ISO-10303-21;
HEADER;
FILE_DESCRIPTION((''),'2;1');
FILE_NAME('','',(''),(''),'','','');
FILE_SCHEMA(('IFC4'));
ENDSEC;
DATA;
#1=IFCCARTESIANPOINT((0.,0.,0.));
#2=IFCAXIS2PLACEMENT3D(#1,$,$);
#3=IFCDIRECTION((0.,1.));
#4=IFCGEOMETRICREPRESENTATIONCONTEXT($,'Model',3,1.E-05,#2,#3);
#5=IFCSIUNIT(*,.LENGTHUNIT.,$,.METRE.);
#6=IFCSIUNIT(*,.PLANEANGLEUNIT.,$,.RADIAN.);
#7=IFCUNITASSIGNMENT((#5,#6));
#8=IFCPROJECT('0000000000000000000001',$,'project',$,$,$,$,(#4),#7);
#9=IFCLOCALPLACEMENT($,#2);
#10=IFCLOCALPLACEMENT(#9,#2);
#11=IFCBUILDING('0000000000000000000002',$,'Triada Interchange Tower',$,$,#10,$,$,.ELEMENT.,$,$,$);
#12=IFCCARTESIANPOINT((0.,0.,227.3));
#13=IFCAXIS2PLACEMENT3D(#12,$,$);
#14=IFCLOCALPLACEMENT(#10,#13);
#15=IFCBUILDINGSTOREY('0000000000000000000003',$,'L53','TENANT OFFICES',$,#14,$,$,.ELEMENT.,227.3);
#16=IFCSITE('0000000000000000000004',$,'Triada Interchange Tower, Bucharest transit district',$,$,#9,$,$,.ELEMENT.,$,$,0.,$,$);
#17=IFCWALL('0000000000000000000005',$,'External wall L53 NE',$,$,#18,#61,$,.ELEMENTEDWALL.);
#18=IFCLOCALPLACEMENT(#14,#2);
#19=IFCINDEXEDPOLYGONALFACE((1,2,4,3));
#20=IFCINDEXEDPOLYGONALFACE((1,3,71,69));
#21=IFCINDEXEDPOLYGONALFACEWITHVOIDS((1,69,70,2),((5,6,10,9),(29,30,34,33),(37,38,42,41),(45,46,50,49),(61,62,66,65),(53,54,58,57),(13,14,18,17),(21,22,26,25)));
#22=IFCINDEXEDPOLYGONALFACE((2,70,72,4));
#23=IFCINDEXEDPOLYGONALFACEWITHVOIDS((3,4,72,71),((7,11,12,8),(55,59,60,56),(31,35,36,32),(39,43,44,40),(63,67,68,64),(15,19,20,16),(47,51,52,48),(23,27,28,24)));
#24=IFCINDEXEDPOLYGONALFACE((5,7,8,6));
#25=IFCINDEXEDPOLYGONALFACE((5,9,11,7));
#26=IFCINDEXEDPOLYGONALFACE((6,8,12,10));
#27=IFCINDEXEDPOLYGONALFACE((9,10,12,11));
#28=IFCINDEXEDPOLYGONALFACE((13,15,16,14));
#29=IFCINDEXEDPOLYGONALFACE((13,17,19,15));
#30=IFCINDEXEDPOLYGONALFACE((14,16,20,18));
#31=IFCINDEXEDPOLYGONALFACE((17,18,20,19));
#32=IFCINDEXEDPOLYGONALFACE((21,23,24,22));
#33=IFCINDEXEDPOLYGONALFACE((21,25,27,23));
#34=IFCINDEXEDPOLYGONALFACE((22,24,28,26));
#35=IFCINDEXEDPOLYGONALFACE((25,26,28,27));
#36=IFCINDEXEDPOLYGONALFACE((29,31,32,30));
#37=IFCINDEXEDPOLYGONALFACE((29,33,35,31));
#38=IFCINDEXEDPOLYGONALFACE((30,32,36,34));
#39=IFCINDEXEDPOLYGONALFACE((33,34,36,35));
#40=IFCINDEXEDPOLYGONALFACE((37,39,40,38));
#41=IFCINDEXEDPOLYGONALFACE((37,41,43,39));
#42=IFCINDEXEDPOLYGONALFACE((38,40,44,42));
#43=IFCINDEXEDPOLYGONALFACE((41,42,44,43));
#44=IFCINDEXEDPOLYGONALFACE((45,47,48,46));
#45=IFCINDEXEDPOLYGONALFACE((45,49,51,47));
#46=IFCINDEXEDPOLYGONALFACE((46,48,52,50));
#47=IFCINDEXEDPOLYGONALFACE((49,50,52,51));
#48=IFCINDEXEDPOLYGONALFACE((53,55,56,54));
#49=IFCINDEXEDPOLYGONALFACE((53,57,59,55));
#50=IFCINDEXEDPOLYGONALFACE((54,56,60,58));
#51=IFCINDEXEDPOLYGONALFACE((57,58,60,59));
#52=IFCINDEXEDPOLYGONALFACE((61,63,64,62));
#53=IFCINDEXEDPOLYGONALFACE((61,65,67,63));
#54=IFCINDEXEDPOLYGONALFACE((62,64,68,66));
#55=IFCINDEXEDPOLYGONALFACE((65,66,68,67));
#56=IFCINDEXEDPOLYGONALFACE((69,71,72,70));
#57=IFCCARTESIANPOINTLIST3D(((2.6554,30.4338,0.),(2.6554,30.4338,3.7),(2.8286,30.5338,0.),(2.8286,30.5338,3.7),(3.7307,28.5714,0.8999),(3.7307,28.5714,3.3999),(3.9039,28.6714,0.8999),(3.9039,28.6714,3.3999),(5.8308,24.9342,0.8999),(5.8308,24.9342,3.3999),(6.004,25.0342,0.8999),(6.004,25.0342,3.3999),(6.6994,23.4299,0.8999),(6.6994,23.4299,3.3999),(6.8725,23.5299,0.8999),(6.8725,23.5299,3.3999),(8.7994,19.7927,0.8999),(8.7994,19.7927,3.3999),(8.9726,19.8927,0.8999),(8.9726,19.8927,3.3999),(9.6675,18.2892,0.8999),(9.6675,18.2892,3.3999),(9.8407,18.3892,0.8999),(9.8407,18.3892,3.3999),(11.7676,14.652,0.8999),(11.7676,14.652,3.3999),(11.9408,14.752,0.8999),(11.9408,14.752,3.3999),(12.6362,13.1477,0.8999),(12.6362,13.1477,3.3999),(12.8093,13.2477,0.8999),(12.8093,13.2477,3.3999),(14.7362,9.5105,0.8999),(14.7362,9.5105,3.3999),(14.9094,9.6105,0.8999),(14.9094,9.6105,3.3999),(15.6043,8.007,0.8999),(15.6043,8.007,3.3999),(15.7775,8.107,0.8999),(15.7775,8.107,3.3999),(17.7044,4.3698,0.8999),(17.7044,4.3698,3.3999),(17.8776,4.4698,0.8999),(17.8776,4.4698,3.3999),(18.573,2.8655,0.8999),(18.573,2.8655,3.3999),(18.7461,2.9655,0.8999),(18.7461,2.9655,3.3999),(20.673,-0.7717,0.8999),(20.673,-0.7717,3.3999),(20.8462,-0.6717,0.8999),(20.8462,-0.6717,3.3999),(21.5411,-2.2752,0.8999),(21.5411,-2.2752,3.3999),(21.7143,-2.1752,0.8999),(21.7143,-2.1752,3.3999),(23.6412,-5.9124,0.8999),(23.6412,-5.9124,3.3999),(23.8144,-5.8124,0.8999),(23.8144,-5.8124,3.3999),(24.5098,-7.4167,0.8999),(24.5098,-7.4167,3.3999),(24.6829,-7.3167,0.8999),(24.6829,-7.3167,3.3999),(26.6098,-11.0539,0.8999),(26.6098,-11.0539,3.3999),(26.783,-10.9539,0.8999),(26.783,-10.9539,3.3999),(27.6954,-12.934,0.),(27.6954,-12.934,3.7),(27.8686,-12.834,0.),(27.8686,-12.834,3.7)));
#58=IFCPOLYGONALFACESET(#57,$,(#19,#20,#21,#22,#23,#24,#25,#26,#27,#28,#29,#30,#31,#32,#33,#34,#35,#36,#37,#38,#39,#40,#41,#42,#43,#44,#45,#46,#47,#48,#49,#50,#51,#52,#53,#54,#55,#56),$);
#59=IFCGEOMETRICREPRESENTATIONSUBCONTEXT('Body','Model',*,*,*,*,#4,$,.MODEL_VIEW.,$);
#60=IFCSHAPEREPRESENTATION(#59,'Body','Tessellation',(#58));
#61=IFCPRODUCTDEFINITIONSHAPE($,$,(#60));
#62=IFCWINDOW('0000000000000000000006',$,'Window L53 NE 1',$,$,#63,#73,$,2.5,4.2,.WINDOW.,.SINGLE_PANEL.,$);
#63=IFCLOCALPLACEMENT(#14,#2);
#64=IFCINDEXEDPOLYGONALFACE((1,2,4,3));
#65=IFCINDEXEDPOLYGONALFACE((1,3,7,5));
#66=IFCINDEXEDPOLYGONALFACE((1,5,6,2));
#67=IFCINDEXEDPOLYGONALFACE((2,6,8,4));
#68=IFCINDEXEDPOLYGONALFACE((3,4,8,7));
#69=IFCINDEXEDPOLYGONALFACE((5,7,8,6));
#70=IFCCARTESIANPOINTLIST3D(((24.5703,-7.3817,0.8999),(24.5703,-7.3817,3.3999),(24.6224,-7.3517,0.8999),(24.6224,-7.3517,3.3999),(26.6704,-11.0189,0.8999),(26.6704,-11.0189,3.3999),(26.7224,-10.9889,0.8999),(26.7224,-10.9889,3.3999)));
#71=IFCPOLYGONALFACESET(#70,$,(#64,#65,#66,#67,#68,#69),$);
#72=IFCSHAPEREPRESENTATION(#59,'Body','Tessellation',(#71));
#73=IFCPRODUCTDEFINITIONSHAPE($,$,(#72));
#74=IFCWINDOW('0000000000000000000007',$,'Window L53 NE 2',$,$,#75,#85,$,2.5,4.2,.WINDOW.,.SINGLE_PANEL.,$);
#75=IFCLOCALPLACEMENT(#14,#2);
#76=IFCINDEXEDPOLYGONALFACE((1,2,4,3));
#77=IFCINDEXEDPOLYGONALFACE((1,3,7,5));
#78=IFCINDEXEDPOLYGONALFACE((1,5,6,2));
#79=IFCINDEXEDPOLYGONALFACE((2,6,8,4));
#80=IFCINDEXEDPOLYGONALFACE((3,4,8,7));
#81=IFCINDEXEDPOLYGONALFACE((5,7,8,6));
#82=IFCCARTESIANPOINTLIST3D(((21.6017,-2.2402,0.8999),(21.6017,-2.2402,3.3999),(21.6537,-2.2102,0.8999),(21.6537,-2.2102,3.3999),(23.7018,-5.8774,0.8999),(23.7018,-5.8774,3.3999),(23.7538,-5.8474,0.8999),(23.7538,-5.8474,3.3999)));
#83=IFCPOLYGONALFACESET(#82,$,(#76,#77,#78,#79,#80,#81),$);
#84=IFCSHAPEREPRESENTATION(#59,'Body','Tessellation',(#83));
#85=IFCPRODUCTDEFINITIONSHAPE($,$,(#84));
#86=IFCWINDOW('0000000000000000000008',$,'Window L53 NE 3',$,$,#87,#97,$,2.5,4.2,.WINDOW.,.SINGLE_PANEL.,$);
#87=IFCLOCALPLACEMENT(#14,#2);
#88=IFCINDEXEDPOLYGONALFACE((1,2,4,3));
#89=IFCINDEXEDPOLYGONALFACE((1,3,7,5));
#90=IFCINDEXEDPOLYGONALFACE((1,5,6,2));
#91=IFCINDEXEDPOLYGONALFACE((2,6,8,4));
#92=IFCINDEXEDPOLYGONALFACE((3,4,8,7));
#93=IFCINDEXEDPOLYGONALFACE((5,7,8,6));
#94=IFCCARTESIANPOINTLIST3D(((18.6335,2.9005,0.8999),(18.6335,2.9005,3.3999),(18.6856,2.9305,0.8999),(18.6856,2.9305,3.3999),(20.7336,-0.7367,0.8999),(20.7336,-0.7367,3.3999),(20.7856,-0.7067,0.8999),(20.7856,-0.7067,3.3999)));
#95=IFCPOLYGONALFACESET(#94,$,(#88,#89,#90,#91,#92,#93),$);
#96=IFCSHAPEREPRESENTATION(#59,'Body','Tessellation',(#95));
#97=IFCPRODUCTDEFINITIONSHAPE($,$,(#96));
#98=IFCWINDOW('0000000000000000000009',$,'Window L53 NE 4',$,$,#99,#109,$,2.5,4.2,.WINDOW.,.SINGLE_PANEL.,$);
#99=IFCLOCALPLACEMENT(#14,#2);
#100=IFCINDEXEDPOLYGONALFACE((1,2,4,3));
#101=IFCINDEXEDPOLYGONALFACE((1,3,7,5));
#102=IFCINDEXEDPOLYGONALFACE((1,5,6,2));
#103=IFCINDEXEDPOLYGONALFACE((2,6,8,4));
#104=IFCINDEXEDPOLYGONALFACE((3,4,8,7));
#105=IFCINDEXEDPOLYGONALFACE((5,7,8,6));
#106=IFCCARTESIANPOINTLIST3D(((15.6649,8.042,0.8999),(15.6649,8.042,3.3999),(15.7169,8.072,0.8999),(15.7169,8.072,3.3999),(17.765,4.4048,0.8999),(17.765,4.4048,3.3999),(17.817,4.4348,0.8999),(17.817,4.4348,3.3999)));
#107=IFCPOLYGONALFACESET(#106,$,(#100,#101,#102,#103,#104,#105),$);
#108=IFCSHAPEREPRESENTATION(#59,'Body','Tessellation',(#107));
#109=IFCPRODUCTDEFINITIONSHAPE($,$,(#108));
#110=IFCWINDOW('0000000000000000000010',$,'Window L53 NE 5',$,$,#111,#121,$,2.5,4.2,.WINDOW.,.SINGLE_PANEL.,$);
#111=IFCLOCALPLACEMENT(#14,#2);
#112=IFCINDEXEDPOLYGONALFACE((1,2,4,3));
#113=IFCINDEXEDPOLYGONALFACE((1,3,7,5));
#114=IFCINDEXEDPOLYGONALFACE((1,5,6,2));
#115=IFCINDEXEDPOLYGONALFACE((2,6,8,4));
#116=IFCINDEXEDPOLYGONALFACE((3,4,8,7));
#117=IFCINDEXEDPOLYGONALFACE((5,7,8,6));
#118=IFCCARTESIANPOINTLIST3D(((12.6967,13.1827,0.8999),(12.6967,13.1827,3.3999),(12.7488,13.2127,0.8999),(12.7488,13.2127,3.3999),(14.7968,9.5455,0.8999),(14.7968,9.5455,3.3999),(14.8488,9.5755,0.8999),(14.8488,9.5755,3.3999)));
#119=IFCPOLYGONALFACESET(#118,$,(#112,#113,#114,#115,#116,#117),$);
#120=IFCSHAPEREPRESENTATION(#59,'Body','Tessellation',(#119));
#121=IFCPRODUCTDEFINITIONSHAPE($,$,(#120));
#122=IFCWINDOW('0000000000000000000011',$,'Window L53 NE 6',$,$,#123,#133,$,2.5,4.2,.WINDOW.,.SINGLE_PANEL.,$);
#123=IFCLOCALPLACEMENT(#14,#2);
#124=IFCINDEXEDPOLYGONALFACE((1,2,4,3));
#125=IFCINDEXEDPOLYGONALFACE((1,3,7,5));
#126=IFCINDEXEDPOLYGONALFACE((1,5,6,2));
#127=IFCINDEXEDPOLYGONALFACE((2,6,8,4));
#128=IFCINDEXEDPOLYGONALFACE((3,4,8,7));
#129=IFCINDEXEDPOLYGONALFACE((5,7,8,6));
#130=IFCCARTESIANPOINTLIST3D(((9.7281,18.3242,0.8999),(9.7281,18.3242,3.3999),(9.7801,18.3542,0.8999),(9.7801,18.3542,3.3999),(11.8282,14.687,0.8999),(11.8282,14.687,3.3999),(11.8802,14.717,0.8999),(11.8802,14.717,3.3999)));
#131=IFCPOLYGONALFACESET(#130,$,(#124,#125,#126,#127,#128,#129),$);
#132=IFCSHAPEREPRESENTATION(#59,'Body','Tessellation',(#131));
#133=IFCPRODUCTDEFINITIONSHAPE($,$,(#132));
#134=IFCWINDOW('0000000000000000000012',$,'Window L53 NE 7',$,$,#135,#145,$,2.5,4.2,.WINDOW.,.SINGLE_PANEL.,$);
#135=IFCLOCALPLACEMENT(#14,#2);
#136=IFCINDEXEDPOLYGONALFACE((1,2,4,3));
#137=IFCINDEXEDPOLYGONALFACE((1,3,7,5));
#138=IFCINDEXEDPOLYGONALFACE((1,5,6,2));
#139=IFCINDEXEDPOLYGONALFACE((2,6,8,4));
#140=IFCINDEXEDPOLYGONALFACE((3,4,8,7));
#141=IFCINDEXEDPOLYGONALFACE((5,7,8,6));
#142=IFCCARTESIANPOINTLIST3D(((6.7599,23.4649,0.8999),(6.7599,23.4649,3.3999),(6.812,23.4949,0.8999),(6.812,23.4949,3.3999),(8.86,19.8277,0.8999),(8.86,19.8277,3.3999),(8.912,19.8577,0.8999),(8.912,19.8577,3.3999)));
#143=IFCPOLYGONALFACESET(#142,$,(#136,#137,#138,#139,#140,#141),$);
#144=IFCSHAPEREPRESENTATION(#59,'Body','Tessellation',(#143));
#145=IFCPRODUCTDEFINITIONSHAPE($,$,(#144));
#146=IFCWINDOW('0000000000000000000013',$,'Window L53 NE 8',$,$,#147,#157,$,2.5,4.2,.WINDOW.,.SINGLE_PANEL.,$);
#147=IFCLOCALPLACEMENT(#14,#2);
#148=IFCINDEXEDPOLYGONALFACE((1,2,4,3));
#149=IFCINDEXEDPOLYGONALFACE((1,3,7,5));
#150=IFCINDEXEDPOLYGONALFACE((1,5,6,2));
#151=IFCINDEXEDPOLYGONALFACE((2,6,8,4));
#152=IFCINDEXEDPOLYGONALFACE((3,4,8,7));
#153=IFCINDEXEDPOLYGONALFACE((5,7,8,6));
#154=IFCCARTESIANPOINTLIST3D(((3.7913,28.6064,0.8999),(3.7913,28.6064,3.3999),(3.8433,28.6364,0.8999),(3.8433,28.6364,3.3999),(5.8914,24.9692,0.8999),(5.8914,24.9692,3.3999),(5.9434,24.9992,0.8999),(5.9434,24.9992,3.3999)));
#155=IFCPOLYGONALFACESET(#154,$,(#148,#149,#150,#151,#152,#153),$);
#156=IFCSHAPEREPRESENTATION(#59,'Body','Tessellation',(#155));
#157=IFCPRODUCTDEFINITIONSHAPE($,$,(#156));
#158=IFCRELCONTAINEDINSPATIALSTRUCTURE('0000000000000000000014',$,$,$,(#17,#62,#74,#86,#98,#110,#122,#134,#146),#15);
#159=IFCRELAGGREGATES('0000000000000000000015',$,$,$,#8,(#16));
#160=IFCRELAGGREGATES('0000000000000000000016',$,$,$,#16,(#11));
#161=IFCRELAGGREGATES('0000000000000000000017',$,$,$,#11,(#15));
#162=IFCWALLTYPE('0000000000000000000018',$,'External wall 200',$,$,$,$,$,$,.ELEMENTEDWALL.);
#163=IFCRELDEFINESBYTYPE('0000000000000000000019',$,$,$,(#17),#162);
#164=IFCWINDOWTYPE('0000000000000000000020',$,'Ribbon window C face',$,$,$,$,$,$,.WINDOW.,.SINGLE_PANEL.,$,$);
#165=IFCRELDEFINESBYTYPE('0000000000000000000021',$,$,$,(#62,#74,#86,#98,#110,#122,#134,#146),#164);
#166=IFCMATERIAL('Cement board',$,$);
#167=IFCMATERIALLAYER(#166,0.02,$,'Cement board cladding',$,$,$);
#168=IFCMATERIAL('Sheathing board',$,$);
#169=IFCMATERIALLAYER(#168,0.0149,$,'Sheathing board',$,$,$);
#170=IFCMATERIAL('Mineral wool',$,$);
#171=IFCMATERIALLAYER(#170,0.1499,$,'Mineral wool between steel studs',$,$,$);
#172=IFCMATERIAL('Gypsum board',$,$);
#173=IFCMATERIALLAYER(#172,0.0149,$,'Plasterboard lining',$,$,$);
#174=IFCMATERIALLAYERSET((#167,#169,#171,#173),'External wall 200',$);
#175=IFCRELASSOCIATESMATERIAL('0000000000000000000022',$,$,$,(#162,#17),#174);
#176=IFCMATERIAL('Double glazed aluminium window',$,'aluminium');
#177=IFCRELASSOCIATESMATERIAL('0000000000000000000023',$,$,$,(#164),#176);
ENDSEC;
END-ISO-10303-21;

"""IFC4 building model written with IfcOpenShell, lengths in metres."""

from ifc_helpers import new_model, si_unit, direction, frame, frame_2d, origin, place, context, subcontext, project, spatial, rectangle, extrude, material, layer, layer_set, layer_usage, type_object, element, fill, save


model = new_model("IFC4")

# Units and contexts
model_context = context("Model", 3, precision=1e-05, world=origin(), true_north=direction((0.0, 1.0)))
body_context = subcontext(model_context, "Body", "Model", "MODEL_VIEW")
ifc_project = project(units=[si_unit("LENGTHUNIT", "METRE"), si_unit("PLANEANGLEUNIT", "RADIAN")], contexts=[model_context])

# Site, building, storey
site_placement = place(None, origin())
site = spatial("IfcSite", under=ifc_project, at=site_placement, Name="Triada Interchange Tower, Bucharest transit district", CompositionType="ELEMENT", RefElevation=0.0)
building_placement = place(site_placement, origin())
building = spatial("IfcBuilding", under=site, at=building_placement, Name="Triada Interchange Tower", CompositionType="ELEMENT")
storey_placement = place(building_placement, frame((0.0, 0.0, 227.3)))
storey = spatial("IfcBuildingStorey", under=building, at=storey_placement, Name="L53", Description="TENANT OFFICES", CompositionType="ELEMENT", Elevation=227.3)

# Shared definitions
ifc_material_1 = material(Name="Cement board")
ifc_layer_1 = layer(ifc_material_1, 0.02, Name="Cement board cladding")
ifc_material_2 = material(Name="Sheathing board")
ifc_layer_2 = layer(ifc_material_2, 0.0149, Name="Sheathing board")
ifc_material_3 = material(Name="Mineral wool")
ifc_layer_3 = layer(ifc_material_3, 0.1499, Name="Mineral wool between steel studs")
ifc_material_4 = material(Name="Gypsum board")
ifc_layer_4 = layer(ifc_material_4, 0.0149, Name="Plasterboard lining")
ifc_layer_set_1 = layer_set([ifc_layer_1, ifc_layer_2, ifc_layer_3, ifc_layer_4], Name="External wall 200")
ifc_layer_usage = layer_usage(ifc_layer_set_1, "AXIS2", "POSITIVE", -0.1001)
wall_type_1 = type_object("IfcWallType", Name="External wall 200", PredefinedType="ELEMENTEDWALL", material=ifc_layer_set_1)
ifc_material_5 = material(Name="Double glazed aluminium window", Category="aluminium")

# Wall, openings, windows
wall_1_placement = place(storey_placement, frame((27.782, -12.884, 0.0), z_axis=(0.0, 0.0, 1.0), x_axis=(-0.500023, 0.866012, 0.0)))
wall_1 = element("IfcWall", 1, at=wall_1_placement, inside=storey, type_object=wall_type_1, material=ifc_layer_usage, Name="External wall L53 NE", PredefinedType="ELEMENTEDWALL", context=body_context, shape_type="SweptSolid", body=[
    extrude(rectangle(XDim=50.0776, YDim=0.2, at=frame_2d((25.0388, 0.0))), origin(), (0.0, 0.0, 1.0), 3.7),
])
opening_1_placement = place(wall_1_placement, frame((2.1709, 0.0, 0.8999)))
opening_1 = element("IfcOpeningElement", 2, at=opening_1_placement, cuts=wall_1, PredefinedType="OPENING", context=body_context, shape_type="SweptSolid", body=[
    extrude(rectangle(XDim=4.2, YDim=2.5, at=frame_2d((2.1001, 1.25))), frame((0.0, 0.1099, 0.0), z_axis=(0.0, -1.0, 0.0), x_axis=(1.0, 0.0, 0.0)), (0.0, 0.0, 1.0), 0.22),
])
opening_2_placement = place(wall_1_placement, frame((8.1079, 0.0, 0.8999)))
opening_2 = element("IfcOpeningElement", 3, at=opening_2_placement, cuts=wall_1, PredefinedType="OPENING", context=body_context, shape_type="SweptSolid", body=[
    extrude(rectangle(XDim=4.2, YDim=2.5, at=frame_2d((2.1001, 1.25))), frame((0.0, 0.1099, 0.0), z_axis=(0.0, -1.0, 0.0), x_axis=(1.0, 0.0, 0.0)), (0.0, 0.0, 1.0), 0.22),
])
opening_3_placement = place(wall_1_placement, frame((14.0439, 0.0, 0.8999)))
opening_3 = element("IfcOpeningElement", 4, at=opening_3_placement, cuts=wall_1, PredefinedType="OPENING", context=body_context, shape_type="SweptSolid", body=[
    extrude(rectangle(XDim=4.2, YDim=2.5, at=frame_2d((2.1001, 1.25))), frame((0.0, 0.1099, 0.0), z_axis=(0.0, -1.0, 0.0), x_axis=(1.0, 0.0, 0.0)), (0.0, 0.0, 1.0), 0.22),
])
opening_4_placement = place(wall_1_placement, frame((19.981, 0.0, 0.8999)))
opening_4 = element("IfcOpeningElement", 5, at=opening_4_placement, cuts=wall_1, PredefinedType="OPENING", context=body_context, shape_type="SweptSolid", body=[
    extrude(rectangle(XDim=4.2, YDim=2.5, at=frame_2d((2.1001, 1.25))), frame((0.0, 0.1099, 0.0), z_axis=(0.0, -1.0, 0.0), x_axis=(1.0, 0.0, 0.0)), (0.0, 0.0, 1.0), 0.22),
])
opening_5_placement = place(wall_1_placement, frame((25.917, 0.0, 0.8999)))
opening_5 = element("IfcOpeningElement", 6, at=opening_5_placement, cuts=wall_1, PredefinedType="OPENING", context=body_context, shape_type="SweptSolid", body=[
    extrude(rectangle(XDim=4.2, YDim=2.5, at=frame_2d((2.1001, 1.25))), frame((0.0, 0.1099, 0.0), z_axis=(0.0, -1.0, 0.0), x_axis=(1.0, 0.0, 0.0)), (0.0, 0.0, 1.0), 0.22),
])
opening_6_placement = place(wall_1_placement, frame((31.854, 0.0, 0.8999)))
opening_6 = element("IfcOpeningElement", 7, at=opening_6_placement, cuts=wall_1, PredefinedType="OPENING", context=body_context, shape_type="SweptSolid", body=[
    extrude(rectangle(XDim=4.2, YDim=2.5, at=frame_2d((2.1001, 1.25))), frame((0.0, 0.1099, 0.0), z_axis=(0.0, -1.0, 0.0), x_axis=(1.0, 0.0, 0.0)), (0.0, 0.0, 1.0), 0.22),
])
opening_7_placement = place(wall_1_placement, frame((37.79, 0.0, 0.8999)))
opening_7 = element("IfcOpeningElement", 8, at=opening_7_placement, cuts=wall_1, PredefinedType="OPENING", context=body_context, shape_type="SweptSolid", body=[
    extrude(rectangle(XDim=4.2, YDim=2.5, at=frame_2d((2.1001, 1.25))), frame((0.0, 0.1099, 0.0), z_axis=(0.0, -1.0, 0.0), x_axis=(1.0, 0.0, 0.0)), (0.0, 0.0, 1.0), 0.22),
])
opening_8_placement = place(wall_1_placement, frame((43.7271, 0.0, 0.8999)))
opening_8 = element("IfcOpeningElement", 9, at=opening_8_placement, cuts=wall_1, PredefinedType="OPENING", context=body_context, shape_type="SweptSolid", body=[
    extrude(rectangle(XDim=4.2, YDim=2.5, at=frame_2d((2.1001, 1.25))), frame((0.0, 0.1099, 0.0), z_axis=(0.0, -1.0, 0.0), x_axis=(1.0, 0.0, 0.0)), (0.0, 0.0, 1.0), 0.22),
])
window_type_1 = type_object("IfcWindowType", Name="Ribbon window C face", PartitioningType="SINGLE_PANEL", PredefinedType="WINDOW", material=ifc_material_5)
window_1_placement = place(opening_1_placement, origin())
window_1 = element("IfcWindow", 10, at=window_1_placement, inside=storey, type_object=window_type_1, Name="Window L53 NE 1", OverallHeight=2.5, OverallWidth=4.2, PartitioningType="SINGLE_PANEL", PredefinedType="WINDOW", context=body_context, shape_type="SweptSolid", body=[
    extrude(rectangle(XDim=4.2, YDim=2.5, at=frame_2d((2.1001, 1.25))), frame((0.0, 0.03, 0.0), z_axis=(0.0, -1.0, 0.0), x_axis=(1.0, 0.0, 0.0)), (0.0, 0.0, 1.0), 0.0601),
])
fill(opening_1, window_1)
window_2_placement = place(opening_2_placement, origin())
window_2 = element("IfcWindow", 11, at=window_2_placement, inside=storey, type_object=window_type_1, Name="Window L53 NE 2", OverallHeight=2.5, OverallWidth=4.2, PartitioningType="SINGLE_PANEL", PredefinedType="WINDOW", context=body_context, shape_type="SweptSolid", body=[
    extrude(rectangle(XDim=4.2, YDim=2.5, at=frame_2d((2.1001, 1.25))), frame((0.0, 0.03, 0.0), z_axis=(0.0, -1.0, 0.0), x_axis=(1.0, 0.0, 0.0)), (0.0, 0.0, 1.0), 0.0601),
])
fill(opening_2, window_2)
window_3_placement = place(opening_3_placement, origin())
window_3 = element("IfcWindow", 12, at=window_3_placement, inside=storey, type_object=window_type_1, Name="Window L53 NE 3", OverallHeight=2.5, OverallWidth=4.2, PartitioningType="SINGLE_PANEL", PredefinedType="WINDOW", context=body_context, shape_type="SweptSolid", body=[
    extrude(rectangle(XDim=4.2, YDim=2.5, at=frame_2d((2.1001, 1.25))), frame((0.0, 0.03, 0.0), z_axis=(0.0, -1.0, 0.0), x_axis=(1.0, 0.0, 0.0)), (0.0, 0.0, 1.0), 0.0601),
])
fill(opening_3, window_3)
window_4_placement = place(opening_4_placement, origin())
window_4 = element("IfcWindow", 13, at=window_4_placement, inside=storey, type_object=window_type_1, Name="Window L53 NE 4", OverallHeight=2.5, OverallWidth=4.2, PartitioningType="SINGLE_PANEL", PredefinedType="WINDOW", context=body_context, shape_type="SweptSolid", body=[
    extrude(rectangle(XDim=4.2, YDim=2.5, at=frame_2d((2.1001, 1.25))), frame((0.0, 0.03, 0.0), z_axis=(0.0, -1.0, 0.0), x_axis=(1.0, 0.0, 0.0)), (0.0, 0.0, 1.0), 0.0601),
])
fill(opening_4, window_4)
window_5_placement = place(opening_5_placement, origin())
window_5 = element("IfcWindow", 14, at=window_5_placement, inside=storey, type_object=window_type_1, Name="Window L53 NE 5", OverallHeight=2.5, OverallWidth=4.2, PartitioningType="SINGLE_PANEL", PredefinedType="WINDOW", context=body_context, shape_type="SweptSolid", body=[
    extrude(rectangle(XDim=4.2, YDim=2.5, at=frame_2d((2.1001, 1.25))), frame((0.0, 0.03, 0.0), z_axis=(0.0, -1.0, 0.0), x_axis=(1.0, 0.0, 0.0)), (0.0, 0.0, 1.0), 0.0601),
])
fill(opening_5, window_5)
window_6_placement = place(opening_6_placement, origin())
window_6 = element("IfcWindow", 15, at=window_6_placement, inside=storey, type_object=window_type_1, Name="Window L53 NE 6", OverallHeight=2.5, OverallWidth=4.2, PartitioningType="SINGLE_PANEL", PredefinedType="WINDOW", context=body_context, shape_type="SweptSolid", body=[
    extrude(rectangle(XDim=4.2, YDim=2.5, at=frame_2d((2.1001, 1.25))), frame((0.0, 0.03, 0.0), z_axis=(0.0, -1.0, 0.0), x_axis=(1.0, 0.0, 0.0)), (0.0, 0.0, 1.0), 0.0601),
])
fill(opening_6, window_6)
window_7_placement = place(opening_7_placement, origin())
window_7 = element("IfcWindow", 16, at=window_7_placement, inside=storey, type_object=window_type_1, Name="Window L53 NE 7", OverallHeight=2.5, OverallWidth=4.2, PartitioningType="SINGLE_PANEL", PredefinedType="WINDOW", context=body_context, shape_type="SweptSolid", body=[
    extrude(rectangle(XDim=4.2, YDim=2.5, at=frame_2d((2.1001, 1.25))), frame((0.0, 0.03, 0.0), z_axis=(0.0, -1.0, 0.0), x_axis=(1.0, 0.0, 0.0)), (0.0, 0.0, 1.0), 0.0601),
])
fill(opening_7, window_7)
window_8_placement = place(opening_8_placement, origin())
window_8 = element("IfcWindow", 17, at=window_8_placement, inside=storey, type_object=window_type_1, Name="Window L53 NE 8", OverallHeight=2.5, OverallWidth=4.2, PartitioningType="SINGLE_PANEL", PredefinedType="WINDOW", context=body_context, shape_type="SweptSolid", body=[
    extrude(rectangle(XDim=4.2, YDim=2.5, at=frame_2d((2.1001, 1.25))), frame((0.0, 0.03, 0.0), z_axis=(0.0, -1.0, 0.0), x_axis=(1.0, 0.0, 0.0)), (0.0, 0.0, 1.0), 0.0601),
])
fill(opening_8, window_8)

save(model, "model.ifc")
